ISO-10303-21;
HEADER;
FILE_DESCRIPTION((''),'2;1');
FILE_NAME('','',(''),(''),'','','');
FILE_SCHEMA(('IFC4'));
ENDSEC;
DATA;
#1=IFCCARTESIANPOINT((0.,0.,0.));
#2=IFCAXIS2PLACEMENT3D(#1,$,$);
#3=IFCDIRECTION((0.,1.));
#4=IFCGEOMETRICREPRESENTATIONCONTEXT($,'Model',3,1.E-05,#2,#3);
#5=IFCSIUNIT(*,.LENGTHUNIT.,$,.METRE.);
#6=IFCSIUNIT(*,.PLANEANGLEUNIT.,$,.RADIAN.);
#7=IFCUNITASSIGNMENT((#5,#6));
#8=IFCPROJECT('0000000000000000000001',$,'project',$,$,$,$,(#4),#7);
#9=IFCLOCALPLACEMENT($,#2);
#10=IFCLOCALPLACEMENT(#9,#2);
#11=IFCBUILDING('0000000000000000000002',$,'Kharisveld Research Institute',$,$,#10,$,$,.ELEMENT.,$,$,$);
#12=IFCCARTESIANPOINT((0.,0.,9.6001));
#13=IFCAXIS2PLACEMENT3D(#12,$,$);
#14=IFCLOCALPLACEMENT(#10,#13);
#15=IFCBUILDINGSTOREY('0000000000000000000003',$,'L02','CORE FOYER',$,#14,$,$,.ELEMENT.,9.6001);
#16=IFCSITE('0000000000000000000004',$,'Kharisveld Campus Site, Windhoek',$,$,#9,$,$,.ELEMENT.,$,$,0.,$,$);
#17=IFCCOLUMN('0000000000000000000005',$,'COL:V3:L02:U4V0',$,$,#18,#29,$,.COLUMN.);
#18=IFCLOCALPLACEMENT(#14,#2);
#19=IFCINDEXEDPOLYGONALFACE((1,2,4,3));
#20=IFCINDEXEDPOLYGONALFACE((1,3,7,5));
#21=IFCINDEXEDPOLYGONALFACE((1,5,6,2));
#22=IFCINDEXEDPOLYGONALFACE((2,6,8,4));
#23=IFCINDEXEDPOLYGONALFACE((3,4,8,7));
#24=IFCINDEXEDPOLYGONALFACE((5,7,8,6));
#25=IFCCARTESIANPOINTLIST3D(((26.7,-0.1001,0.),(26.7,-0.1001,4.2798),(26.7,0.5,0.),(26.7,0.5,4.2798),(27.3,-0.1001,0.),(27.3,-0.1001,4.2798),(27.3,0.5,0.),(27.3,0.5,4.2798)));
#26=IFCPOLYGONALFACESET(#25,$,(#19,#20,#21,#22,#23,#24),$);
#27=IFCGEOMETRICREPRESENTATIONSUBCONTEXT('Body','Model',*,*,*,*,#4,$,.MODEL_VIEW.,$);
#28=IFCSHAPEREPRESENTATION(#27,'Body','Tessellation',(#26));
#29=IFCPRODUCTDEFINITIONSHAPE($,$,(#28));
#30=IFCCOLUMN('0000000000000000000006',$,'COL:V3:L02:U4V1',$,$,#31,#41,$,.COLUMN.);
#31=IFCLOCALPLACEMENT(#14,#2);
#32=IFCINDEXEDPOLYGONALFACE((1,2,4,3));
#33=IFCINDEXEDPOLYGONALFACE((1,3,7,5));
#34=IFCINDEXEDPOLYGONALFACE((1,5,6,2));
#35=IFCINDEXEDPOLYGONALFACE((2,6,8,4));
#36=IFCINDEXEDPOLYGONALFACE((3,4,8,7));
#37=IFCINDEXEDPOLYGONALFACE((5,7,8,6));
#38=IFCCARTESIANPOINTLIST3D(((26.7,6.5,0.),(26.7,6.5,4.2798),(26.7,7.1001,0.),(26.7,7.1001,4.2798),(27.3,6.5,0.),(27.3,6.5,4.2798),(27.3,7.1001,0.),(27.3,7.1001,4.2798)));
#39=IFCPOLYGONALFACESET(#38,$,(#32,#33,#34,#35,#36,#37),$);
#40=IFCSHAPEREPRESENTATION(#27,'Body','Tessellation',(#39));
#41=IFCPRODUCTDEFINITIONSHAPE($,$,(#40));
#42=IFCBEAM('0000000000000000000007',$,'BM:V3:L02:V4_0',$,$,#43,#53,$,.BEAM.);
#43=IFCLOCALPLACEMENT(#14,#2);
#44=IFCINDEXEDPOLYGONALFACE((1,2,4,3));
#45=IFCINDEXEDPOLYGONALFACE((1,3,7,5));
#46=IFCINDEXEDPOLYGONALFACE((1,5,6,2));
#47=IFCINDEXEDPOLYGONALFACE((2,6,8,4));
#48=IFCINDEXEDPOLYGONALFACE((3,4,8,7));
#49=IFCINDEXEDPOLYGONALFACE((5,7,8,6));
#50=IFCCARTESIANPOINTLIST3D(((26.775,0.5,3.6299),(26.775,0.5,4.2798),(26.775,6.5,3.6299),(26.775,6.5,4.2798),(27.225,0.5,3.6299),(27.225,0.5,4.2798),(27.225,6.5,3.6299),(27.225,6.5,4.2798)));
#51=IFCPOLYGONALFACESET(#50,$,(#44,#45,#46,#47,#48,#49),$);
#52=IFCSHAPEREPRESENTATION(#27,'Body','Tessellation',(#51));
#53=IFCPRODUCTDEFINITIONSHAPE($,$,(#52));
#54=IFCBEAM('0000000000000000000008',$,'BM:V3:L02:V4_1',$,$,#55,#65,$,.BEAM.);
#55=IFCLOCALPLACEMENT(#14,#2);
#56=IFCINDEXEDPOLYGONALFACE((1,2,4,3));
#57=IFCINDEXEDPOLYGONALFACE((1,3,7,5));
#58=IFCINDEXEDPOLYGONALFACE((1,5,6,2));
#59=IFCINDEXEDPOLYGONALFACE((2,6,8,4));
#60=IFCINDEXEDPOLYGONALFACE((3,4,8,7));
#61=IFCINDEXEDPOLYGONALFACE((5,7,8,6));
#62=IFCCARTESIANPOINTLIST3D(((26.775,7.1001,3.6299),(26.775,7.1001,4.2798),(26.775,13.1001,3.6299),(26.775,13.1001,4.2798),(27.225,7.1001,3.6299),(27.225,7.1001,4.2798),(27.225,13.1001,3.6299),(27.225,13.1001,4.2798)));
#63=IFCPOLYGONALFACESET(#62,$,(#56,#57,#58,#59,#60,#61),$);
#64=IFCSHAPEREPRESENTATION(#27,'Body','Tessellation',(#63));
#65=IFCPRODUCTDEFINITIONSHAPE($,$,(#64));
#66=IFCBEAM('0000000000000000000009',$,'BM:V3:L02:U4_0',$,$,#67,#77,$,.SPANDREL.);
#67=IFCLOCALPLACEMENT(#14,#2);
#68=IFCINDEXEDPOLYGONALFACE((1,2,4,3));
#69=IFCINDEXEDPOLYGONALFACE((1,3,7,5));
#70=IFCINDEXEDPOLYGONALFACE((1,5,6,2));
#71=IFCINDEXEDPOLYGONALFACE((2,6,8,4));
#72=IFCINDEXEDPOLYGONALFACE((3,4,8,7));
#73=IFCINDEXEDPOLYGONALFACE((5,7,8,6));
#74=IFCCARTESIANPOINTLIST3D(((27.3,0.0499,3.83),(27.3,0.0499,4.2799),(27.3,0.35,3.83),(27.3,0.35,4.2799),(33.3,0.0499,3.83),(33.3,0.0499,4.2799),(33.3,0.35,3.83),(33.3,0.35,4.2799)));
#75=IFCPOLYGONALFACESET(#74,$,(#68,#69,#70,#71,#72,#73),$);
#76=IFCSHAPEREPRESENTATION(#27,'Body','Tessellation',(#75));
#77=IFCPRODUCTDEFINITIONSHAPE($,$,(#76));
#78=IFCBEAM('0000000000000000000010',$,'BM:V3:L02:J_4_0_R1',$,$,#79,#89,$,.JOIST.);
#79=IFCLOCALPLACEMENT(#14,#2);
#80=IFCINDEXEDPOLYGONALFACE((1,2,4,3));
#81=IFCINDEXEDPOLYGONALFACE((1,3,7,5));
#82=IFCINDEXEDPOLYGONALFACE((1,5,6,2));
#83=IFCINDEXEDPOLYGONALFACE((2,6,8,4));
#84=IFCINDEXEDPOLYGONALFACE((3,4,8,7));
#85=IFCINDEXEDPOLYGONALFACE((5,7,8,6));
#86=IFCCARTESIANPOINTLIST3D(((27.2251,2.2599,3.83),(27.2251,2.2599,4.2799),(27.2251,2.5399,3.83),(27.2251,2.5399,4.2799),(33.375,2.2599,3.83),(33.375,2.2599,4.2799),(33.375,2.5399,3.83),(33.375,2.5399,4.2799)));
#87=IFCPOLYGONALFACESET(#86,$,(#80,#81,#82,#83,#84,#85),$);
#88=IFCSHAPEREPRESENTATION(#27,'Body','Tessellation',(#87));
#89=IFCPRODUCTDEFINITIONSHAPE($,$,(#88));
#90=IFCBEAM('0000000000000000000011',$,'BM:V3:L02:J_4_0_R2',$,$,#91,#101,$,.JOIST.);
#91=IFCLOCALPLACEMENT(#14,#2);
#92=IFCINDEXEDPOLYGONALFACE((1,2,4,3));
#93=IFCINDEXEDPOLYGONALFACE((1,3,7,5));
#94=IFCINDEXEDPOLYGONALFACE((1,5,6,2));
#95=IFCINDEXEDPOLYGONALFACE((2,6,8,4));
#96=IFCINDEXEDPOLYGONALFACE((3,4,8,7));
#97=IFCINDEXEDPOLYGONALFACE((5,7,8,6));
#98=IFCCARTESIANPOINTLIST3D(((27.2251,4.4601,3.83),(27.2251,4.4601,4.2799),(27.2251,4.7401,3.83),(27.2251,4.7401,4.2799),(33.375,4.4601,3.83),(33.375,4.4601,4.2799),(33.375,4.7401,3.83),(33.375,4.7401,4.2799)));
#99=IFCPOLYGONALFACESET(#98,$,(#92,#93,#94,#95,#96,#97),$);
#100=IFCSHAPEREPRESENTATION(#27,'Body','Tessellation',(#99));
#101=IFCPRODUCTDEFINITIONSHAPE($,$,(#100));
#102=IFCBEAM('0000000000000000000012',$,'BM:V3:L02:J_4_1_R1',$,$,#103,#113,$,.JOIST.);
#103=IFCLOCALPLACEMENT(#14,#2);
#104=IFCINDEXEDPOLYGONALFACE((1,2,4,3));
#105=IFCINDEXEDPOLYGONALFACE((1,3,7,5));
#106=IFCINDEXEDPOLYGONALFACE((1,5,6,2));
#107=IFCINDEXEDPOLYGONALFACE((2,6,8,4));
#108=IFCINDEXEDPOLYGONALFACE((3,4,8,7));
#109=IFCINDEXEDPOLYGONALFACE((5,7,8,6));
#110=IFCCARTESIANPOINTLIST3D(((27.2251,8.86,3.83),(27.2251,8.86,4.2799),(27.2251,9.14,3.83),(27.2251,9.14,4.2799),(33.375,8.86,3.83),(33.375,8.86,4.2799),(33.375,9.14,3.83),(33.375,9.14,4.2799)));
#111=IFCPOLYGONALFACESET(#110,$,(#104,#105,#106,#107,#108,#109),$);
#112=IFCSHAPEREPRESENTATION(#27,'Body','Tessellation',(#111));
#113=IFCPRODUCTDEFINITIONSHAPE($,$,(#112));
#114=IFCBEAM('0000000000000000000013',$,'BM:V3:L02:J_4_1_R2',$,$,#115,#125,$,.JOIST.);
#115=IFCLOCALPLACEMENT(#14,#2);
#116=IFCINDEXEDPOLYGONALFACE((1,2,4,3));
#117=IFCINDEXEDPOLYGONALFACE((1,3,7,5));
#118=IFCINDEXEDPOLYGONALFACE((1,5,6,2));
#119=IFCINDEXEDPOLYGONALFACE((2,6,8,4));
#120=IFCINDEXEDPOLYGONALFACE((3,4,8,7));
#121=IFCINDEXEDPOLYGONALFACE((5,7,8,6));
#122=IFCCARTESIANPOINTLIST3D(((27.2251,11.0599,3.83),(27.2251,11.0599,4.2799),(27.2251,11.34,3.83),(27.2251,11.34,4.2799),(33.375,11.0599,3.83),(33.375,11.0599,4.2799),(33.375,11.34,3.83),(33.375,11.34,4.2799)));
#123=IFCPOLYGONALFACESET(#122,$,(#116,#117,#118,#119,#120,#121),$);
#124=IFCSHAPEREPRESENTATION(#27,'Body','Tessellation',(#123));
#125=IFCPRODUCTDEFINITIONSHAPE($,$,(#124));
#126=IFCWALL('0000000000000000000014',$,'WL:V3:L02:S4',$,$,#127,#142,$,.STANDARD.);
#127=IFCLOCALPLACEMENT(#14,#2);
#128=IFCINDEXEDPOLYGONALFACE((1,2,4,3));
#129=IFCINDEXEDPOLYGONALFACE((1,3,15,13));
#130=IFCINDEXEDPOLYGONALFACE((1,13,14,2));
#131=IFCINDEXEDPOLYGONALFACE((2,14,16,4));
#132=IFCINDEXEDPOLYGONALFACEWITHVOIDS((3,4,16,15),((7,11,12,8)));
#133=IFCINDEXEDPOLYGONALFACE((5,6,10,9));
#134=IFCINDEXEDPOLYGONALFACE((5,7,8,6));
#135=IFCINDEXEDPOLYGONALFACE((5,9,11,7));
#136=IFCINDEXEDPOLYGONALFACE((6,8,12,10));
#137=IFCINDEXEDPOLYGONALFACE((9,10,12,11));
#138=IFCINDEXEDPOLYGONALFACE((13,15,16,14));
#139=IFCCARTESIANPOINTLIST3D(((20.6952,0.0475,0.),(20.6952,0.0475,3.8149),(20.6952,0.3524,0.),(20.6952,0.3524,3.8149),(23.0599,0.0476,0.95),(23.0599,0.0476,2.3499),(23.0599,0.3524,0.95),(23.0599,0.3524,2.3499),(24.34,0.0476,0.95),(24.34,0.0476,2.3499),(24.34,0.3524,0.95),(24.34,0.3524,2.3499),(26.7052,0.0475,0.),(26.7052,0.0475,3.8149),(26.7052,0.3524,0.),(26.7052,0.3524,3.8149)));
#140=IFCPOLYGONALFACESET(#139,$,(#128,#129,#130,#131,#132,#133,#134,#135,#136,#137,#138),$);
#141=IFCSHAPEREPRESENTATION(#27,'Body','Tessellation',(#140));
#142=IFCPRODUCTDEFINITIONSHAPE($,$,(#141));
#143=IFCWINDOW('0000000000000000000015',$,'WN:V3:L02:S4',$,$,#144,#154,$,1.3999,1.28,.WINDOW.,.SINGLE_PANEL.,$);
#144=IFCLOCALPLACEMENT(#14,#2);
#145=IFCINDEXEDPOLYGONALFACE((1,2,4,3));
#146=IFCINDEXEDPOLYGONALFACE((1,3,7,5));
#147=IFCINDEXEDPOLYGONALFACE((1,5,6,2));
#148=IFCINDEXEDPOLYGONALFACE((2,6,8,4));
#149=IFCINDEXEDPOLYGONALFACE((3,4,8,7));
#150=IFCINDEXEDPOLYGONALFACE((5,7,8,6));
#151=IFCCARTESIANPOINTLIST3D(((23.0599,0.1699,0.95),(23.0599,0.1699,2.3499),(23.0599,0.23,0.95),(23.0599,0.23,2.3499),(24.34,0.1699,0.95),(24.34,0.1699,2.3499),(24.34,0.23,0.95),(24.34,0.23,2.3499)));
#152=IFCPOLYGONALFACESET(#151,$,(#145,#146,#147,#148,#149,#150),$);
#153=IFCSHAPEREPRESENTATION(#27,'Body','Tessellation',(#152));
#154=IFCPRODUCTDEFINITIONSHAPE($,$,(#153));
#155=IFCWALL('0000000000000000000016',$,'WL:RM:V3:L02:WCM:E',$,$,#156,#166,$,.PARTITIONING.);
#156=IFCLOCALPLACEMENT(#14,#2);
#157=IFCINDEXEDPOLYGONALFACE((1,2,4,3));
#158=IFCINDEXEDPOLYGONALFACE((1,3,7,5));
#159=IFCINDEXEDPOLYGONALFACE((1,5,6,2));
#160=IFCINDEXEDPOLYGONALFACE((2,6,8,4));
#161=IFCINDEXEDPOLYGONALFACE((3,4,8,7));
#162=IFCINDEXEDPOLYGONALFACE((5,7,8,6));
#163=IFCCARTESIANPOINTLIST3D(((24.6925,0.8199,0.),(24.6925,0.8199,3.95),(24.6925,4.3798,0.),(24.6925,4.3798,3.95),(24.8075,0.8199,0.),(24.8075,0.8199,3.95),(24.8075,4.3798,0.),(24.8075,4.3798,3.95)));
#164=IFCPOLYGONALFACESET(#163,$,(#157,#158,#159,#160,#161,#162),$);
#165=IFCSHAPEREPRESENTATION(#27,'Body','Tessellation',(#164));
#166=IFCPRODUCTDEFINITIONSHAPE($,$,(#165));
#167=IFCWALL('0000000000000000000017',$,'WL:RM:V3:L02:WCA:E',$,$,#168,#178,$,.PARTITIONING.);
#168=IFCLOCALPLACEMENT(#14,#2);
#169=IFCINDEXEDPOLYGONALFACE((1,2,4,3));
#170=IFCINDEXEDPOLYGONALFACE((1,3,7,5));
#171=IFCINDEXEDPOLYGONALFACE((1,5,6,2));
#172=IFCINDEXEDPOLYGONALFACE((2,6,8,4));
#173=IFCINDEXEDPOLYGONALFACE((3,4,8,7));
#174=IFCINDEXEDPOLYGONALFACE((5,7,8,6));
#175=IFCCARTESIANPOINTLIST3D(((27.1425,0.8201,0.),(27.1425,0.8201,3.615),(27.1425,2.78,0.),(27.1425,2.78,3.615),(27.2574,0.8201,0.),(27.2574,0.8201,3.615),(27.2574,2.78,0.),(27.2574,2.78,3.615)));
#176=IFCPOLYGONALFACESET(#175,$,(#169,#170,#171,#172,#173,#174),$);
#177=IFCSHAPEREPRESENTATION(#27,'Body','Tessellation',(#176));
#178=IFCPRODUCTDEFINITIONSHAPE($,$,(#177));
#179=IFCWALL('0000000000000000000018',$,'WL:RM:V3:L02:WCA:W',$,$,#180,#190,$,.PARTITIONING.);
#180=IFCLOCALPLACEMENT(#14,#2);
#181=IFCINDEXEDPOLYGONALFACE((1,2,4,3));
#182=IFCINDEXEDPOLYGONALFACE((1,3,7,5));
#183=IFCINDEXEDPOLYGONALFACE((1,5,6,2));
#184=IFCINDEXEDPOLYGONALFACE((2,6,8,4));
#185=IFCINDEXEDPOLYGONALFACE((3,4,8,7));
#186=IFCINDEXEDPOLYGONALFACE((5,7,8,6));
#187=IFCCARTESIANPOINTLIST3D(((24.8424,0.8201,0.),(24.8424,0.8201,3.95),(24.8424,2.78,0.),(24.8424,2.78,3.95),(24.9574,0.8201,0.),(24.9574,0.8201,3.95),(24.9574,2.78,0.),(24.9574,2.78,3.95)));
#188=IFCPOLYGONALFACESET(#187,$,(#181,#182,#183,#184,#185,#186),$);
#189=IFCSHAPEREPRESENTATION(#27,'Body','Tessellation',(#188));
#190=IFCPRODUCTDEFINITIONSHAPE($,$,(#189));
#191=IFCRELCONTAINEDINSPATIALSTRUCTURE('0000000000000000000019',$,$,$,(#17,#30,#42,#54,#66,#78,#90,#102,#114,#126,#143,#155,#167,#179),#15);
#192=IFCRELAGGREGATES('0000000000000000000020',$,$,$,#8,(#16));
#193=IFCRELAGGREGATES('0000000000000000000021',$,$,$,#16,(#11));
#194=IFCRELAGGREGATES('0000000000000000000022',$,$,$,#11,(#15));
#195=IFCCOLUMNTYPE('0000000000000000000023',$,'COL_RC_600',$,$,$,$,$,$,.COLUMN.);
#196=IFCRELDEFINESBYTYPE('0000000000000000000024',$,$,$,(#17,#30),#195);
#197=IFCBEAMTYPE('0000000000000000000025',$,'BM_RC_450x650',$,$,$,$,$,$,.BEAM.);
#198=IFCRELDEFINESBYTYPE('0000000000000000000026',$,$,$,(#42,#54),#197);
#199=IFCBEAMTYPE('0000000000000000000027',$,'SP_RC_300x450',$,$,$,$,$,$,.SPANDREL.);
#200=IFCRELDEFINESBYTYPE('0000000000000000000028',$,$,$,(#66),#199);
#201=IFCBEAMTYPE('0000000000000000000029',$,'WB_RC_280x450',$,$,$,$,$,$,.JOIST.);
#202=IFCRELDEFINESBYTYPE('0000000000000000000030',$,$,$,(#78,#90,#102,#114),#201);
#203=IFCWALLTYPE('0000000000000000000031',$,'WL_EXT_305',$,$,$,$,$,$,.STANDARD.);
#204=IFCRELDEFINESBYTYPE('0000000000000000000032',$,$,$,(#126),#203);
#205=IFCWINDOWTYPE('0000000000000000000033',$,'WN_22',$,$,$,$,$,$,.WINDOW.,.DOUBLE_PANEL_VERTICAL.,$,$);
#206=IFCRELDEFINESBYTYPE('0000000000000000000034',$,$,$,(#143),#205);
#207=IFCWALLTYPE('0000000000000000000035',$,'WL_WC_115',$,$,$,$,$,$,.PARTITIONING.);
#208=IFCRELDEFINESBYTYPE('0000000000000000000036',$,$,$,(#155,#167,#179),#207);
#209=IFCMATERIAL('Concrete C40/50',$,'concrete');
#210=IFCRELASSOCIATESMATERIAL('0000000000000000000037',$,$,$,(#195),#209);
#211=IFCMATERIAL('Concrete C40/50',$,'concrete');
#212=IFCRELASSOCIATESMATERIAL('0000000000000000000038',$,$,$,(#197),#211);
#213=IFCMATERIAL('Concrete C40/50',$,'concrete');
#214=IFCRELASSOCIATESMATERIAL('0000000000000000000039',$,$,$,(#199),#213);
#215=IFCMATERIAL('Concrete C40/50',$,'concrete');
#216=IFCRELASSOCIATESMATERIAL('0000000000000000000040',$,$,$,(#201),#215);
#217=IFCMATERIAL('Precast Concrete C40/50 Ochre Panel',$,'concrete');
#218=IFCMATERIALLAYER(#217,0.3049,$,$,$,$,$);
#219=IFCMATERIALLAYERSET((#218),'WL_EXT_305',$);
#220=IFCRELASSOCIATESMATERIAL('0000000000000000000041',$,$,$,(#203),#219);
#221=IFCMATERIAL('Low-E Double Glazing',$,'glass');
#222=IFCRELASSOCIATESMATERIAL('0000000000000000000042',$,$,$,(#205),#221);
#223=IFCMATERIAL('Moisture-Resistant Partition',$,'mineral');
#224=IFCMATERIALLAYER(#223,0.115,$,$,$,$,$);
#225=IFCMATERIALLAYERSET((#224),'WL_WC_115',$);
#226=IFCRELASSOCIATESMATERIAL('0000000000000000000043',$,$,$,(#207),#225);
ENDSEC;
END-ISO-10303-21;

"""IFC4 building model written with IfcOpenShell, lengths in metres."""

from ifc_helpers import new_model, si_unit, direction, frame, frame_2d, origin, origin_2d, place, context, subcontext, project, spatial, rectangle, extrude, material, layer, layer_set, material_profile, profile_set, type_object, element, fill, save


model = new_model("IFC4")

# Units and contexts
model_context = context("Model", 3, precision=1e-05, world=origin(), true_north=direction((0.0, 1.0)))
body_context = subcontext(model_context, "Body", "Model", "MODEL_VIEW")
ifc_project = project(units=[si_unit("LENGTHUNIT", "METRE"), si_unit("PLANEANGLEUNIT", "RADIAN")], contexts=[model_context])

# Site, building, storey
site_placement = place(None, origin())
site = spatial("IfcSite", under=ifc_project, at=site_placement, Name="Kharisveld Campus Site, Windhoek", CompositionType="ELEMENT", RefElevation=0.0)
building_placement = place(site_placement, origin())
building = spatial("IfcBuilding", under=site, at=building_placement, Name="Kharisveld Research Institute", CompositionType="ELEMENT")
storey_placement = place(building_placement, frame((0.0, 0.0, 9.6001)))
storey = spatial("IfcBuildingStorey", under=building, at=storey_placement, Name="L02", Description="CORE FOYER", CompositionType="ELEMENT", Elevation=9.6001)

# Columns
ifc_material_1 = material(Name="Concrete C40/50", Category="concrete")
ifc_material_profile_1 = material_profile(ifc_material_1, rectangle(XDim=0.6001, YDim=0.6001, at=origin_2d()))
ifc_profile_set_1 = profile_set([ifc_material_profile_1], Name="Concrete C40/50")
column_type = type_object("IfcColumnType", Name="COL_RC_600", PredefinedType="COLUMN", material=ifc_profile_set_1)
for number, where, z_axis, x_axis, name in (
    (1, (27.0, 0.2, 0.0), (0.0, 0.0, 1.0), (1.0, 0.0, 0.0), "COL:V3:L02:U4V0"),
    (2, (27.0, 6.8, 0.0), (0.0, 0.0, 1.0), (1.0, 0.0, 0.0), "COL:V3:L02:U4V1"),
):
    element("IfcColumn", number, at=place(storey_placement, frame(where, z_axis=z_axis, x_axis=x_axis)), inside=storey, type_object=column_type, Name=name, PredefinedType="COLUMN", context=body_context, shape_type="SweptSolid", body=[
        extrude(rectangle(XDim=0.6001, YDim=0.6001, at=origin_2d()), origin(), (0.0, 0.0, 1.0), 4.2798),
    ])

# Beams
ifc_material_2 = material(Name="Concrete C40/50", Category="concrete")
ifc_material_profile_2 = material_profile(ifc_material_2, rectangle(XDim=0.45, YDim=0.6499, at=origin_2d()))
ifc_profile_set_2 = profile_set([ifc_material_profile_2], Name="Concrete C40/50")
beam_type_1 = type_object("IfcBeamType", Name="BM_RC_450x650", PredefinedType="BEAM", material=ifc_profile_set_2)
for number, where, z_axis, x_axis, name in (
    (3, (27.0, 0.5, 3.9548), (0.0, 1.0, 0.0), (-1.0, 0.0, 0.0), "BM:V3:L02:V4_0"),
    (4, (27.0, 7.1001, 3.9548), (0.0, 1.0, 0.0), (-1.0, 0.0, 0.0), "BM:V3:L02:V4_1"),
):
    element("IfcBeam", number, at=place(storey_placement, frame(where, z_axis=z_axis, x_axis=x_axis)), inside=storey, type_object=beam_type_1, Name=name, PredefinedType="BEAM", context=body_context, shape_type="SweptSolid", body=[
        extrude(rectangle(XDim=0.45, YDim=0.6499, at=origin_2d()), origin(), (0.0, 0.0, 1.0), 6.0),
    ])
ifc_material_3 = material(Name="Concrete C40/50", Category="concrete")
ifc_material_profile_3 = material_profile(ifc_material_3, rectangle(XDim=0.3, YDim=0.45, at=origin_2d()))
ifc_profile_set_3 = profile_set([ifc_material_profile_3], Name="Concrete C40/50")
beam_type_2 = type_object("IfcBeamType", Name="SP_RC_300x450", PredefinedType="SPANDREL", material=ifc_profile_set_3)
beam_placement = place(storey_placement, frame((27.3, 0.2, 4.0549), z_axis=(1.0, 0.0, 0.0), x_axis=(0.0, 1.0, 0.0)))
element("IfcBeam", 5, at=beam_placement, inside=storey, type_object=beam_type_2, Name="BM:V3:L02:U4_0", PredefinedType="SPANDREL", context=body_context, shape_type="SweptSolid", body=[
    extrude(rectangle(XDim=0.3, YDim=0.45, at=origin_2d()), origin(), (0.0, 0.0, 1.0), 6.0),
])
ifc_material_4 = material(Name="Concrete C40/50", Category="concrete")
ifc_material_profile_4 = material_profile(ifc_material_4, rectangle(XDim=0.28, YDim=0.45, at=origin_2d()))
ifc_profile_set_4 = profile_set([ifc_material_profile_4], Name="Concrete C40/50")
beam_type_3 = type_object("IfcBeamType", Name="WB_RC_280x450", PredefinedType="JOIST", material=ifc_profile_set_4)
for number, where, z_axis, x_axis, name in (
    (6, (27.2251, 2.3999, 4.0549), (1.0, 0.0, 0.0), (0.0, 1.0, 0.0), "BM:V3:L02:J_4_0_R1"),
    (7, (27.2251, 4.6001, 4.0549), (1.0, 0.0, 0.0), (0.0, 1.0, 0.0), "BM:V3:L02:J_4_0_R2"),
    (8, (27.2251, 9.0, 4.0549), (1.0, 0.0, 0.0), (0.0, 1.0, 0.0), "BM:V3:L02:J_4_1_R1"),
    (9, (27.2251, 11.2, 4.0549), (1.0, 0.0, 0.0), (0.0, 1.0, 0.0), "BM:V3:L02:J_4_1_R2"),
):
    element("IfcBeam", number, at=place(storey_placement, frame(where, z_axis=z_axis, x_axis=x_axis)), inside=storey, type_object=beam_type_3, Name=name, PredefinedType="JOIST", context=body_context, shape_type="SweptSolid", body=[
        extrude(rectangle(XDim=0.28, YDim=0.45, at=origin_2d()), origin(), (0.0, 0.0, 1.0), 6.1499),
    ])

# Wall, opening, window
ifc_material_5 = material(Name="Precast Concrete C40/50 Ochre Panel", Category="concrete")
ifc_layer_1 = layer(ifc_material_5, 0.3049)
ifc_layer_set_1 = layer_set([ifc_layer_1], Name="WL_EXT_305")
wall_type_1 = type_object("IfcWallType", Name="WL_EXT_305", PredefinedType="STANDARD", material=ifc_layer_set_1)
wall_1_placement = place(storey_placement, frame((26.7051, 0.2, 0.0), z_axis=(0.0, 0.0, 1.0), x_axis=(-1.0, 0.0, 0.0)))
wall_1 = element("IfcWall", 10, at=wall_1_placement, inside=storey, type_object=wall_type_1, Name="WL:V3:L02:S4", PredefinedType="STANDARD", context=body_context, shape_type="SweptSolid", body=[
    extrude(rectangle(XDim=6.01, YDim=0.3049, at=frame_2d((3.0049, 0.0))), origin(), (0.0, 0.0, 1.0), 3.8149),
])
opening_1_placement = place(wall_1_placement, frame((2.365, 0.0, 0.95)))
opening_1 = element("IfcOpeningElement", 11, at=opening_1_placement, cuts=wall_1, PredefinedType="OPENING", context=body_context, shape_type="SweptSolid", body=[
    extrude(rectangle(XDim=1.28, YDim=1.3999, at=frame_2d((0.6401, 0.7))), frame((0.0, 0.1523, 0.0), z_axis=(0.0, -1.0, 0.0), x_axis=(1.0, 0.0, 0.0)), (0.0, 0.0, 1.0), 0.3049),
])
ifc_material_6 = material(Name="Low-E Double Glazing", Category="glass")
window_type = type_object("IfcWindowType", Name="WN_22", PartitioningType="DOUBLE_PANEL_VERTICAL", PredefinedType="WINDOW", material=ifc_material_6)
window_placement = place(opening_1_placement, origin())
window = element("IfcWindow", 12, at=window_placement, inside=storey, type_object=window_type, Name="WN:V3:L02:S4", OverallHeight=1.3999, OverallWidth=1.28, PartitioningType="SINGLE_PANEL", PredefinedType="WINDOW", context=body_context, shape_type="SweptSolid", body=[
    extrude(rectangle(XDim=1.28, YDim=1.3999, at=frame_2d((0.6401, 0.7))), frame((0.0, 0.03, 0.0), z_axis=(0.0, -1.0, 0.0), x_axis=(1.0, 0.0, 0.0)), (0.0, 0.0, 1.0), 0.0601),
])
fill(opening_1, window)

# Wall
ifc_material_7 = material(Name="Moisture-Resistant Partition", Category="mineral")
ifc_layer_2 = layer(ifc_material_7, 0.115)
ifc_layer_set_2 = layer_set([ifc_layer_2], Name="WL_WC_115")
wall_type_2 = type_object("IfcWallType", Name="WL_WC_115", PredefinedType="PARTITIONING", material=ifc_layer_set_2)
wall_2_placement = place(storey_placement, frame((24.75, 0.8201, 0.0), z_axis=(0.0, 0.0, 1.0), x_axis=(0.0, 1.0, 0.0)))
element("IfcWall", 13, at=wall_2_placement, inside=storey, type_object=wall_type_2, Name="WL:RM:V3:L02:WCM:E", PredefinedType="PARTITIONING", context=body_context, shape_type="SweptSolid", body=[
    extrude(rectangle(XDim=3.5598, YDim=0.115, at=frame_2d((1.7798, 0.0))), origin(), (0.0, 0.0, 1.0), 3.95),
])

# Wall
wall_3_placement = place(storey_placement, frame((27.2, 0.8201, 0.0), z_axis=(0.0, 0.0, 1.0), x_axis=(0.0, 1.0, 0.0)))
element("IfcWall", 14, at=wall_3_placement, inside=storey, type_object=wall_type_2, Name="WL:RM:V3:L02:WCA:E", PredefinedType="PARTITIONING", context=body_context, shape_type="SweptSolid", body=[
    extrude(rectangle(XDim=1.96, YDim=0.115, at=frame_2d((0.98, 0.0))), origin(), (0.0, 0.0, 1.0), 3.615),
])

# Wall
wall_4_placement = place(storey_placement, frame((24.8999, 2.78, 0.0), z_axis=(0.0, 0.0, 1.0), x_axis=(0.0, -1.0, 0.0)))
element("IfcWall", 15, at=wall_4_placement, inside=storey, type_object=wall_type_2, Name="WL:RM:V3:L02:WCA:W", PredefinedType="PARTITIONING", context=body_context, shape_type="SweptSolid", body=[
    extrude(rectangle(XDim=1.96, YDim=0.115, at=frame_2d((0.98, 0.0))), origin(), (0.0, 0.0, 1.0), 3.95),
])

save(model, "model.ifc")
